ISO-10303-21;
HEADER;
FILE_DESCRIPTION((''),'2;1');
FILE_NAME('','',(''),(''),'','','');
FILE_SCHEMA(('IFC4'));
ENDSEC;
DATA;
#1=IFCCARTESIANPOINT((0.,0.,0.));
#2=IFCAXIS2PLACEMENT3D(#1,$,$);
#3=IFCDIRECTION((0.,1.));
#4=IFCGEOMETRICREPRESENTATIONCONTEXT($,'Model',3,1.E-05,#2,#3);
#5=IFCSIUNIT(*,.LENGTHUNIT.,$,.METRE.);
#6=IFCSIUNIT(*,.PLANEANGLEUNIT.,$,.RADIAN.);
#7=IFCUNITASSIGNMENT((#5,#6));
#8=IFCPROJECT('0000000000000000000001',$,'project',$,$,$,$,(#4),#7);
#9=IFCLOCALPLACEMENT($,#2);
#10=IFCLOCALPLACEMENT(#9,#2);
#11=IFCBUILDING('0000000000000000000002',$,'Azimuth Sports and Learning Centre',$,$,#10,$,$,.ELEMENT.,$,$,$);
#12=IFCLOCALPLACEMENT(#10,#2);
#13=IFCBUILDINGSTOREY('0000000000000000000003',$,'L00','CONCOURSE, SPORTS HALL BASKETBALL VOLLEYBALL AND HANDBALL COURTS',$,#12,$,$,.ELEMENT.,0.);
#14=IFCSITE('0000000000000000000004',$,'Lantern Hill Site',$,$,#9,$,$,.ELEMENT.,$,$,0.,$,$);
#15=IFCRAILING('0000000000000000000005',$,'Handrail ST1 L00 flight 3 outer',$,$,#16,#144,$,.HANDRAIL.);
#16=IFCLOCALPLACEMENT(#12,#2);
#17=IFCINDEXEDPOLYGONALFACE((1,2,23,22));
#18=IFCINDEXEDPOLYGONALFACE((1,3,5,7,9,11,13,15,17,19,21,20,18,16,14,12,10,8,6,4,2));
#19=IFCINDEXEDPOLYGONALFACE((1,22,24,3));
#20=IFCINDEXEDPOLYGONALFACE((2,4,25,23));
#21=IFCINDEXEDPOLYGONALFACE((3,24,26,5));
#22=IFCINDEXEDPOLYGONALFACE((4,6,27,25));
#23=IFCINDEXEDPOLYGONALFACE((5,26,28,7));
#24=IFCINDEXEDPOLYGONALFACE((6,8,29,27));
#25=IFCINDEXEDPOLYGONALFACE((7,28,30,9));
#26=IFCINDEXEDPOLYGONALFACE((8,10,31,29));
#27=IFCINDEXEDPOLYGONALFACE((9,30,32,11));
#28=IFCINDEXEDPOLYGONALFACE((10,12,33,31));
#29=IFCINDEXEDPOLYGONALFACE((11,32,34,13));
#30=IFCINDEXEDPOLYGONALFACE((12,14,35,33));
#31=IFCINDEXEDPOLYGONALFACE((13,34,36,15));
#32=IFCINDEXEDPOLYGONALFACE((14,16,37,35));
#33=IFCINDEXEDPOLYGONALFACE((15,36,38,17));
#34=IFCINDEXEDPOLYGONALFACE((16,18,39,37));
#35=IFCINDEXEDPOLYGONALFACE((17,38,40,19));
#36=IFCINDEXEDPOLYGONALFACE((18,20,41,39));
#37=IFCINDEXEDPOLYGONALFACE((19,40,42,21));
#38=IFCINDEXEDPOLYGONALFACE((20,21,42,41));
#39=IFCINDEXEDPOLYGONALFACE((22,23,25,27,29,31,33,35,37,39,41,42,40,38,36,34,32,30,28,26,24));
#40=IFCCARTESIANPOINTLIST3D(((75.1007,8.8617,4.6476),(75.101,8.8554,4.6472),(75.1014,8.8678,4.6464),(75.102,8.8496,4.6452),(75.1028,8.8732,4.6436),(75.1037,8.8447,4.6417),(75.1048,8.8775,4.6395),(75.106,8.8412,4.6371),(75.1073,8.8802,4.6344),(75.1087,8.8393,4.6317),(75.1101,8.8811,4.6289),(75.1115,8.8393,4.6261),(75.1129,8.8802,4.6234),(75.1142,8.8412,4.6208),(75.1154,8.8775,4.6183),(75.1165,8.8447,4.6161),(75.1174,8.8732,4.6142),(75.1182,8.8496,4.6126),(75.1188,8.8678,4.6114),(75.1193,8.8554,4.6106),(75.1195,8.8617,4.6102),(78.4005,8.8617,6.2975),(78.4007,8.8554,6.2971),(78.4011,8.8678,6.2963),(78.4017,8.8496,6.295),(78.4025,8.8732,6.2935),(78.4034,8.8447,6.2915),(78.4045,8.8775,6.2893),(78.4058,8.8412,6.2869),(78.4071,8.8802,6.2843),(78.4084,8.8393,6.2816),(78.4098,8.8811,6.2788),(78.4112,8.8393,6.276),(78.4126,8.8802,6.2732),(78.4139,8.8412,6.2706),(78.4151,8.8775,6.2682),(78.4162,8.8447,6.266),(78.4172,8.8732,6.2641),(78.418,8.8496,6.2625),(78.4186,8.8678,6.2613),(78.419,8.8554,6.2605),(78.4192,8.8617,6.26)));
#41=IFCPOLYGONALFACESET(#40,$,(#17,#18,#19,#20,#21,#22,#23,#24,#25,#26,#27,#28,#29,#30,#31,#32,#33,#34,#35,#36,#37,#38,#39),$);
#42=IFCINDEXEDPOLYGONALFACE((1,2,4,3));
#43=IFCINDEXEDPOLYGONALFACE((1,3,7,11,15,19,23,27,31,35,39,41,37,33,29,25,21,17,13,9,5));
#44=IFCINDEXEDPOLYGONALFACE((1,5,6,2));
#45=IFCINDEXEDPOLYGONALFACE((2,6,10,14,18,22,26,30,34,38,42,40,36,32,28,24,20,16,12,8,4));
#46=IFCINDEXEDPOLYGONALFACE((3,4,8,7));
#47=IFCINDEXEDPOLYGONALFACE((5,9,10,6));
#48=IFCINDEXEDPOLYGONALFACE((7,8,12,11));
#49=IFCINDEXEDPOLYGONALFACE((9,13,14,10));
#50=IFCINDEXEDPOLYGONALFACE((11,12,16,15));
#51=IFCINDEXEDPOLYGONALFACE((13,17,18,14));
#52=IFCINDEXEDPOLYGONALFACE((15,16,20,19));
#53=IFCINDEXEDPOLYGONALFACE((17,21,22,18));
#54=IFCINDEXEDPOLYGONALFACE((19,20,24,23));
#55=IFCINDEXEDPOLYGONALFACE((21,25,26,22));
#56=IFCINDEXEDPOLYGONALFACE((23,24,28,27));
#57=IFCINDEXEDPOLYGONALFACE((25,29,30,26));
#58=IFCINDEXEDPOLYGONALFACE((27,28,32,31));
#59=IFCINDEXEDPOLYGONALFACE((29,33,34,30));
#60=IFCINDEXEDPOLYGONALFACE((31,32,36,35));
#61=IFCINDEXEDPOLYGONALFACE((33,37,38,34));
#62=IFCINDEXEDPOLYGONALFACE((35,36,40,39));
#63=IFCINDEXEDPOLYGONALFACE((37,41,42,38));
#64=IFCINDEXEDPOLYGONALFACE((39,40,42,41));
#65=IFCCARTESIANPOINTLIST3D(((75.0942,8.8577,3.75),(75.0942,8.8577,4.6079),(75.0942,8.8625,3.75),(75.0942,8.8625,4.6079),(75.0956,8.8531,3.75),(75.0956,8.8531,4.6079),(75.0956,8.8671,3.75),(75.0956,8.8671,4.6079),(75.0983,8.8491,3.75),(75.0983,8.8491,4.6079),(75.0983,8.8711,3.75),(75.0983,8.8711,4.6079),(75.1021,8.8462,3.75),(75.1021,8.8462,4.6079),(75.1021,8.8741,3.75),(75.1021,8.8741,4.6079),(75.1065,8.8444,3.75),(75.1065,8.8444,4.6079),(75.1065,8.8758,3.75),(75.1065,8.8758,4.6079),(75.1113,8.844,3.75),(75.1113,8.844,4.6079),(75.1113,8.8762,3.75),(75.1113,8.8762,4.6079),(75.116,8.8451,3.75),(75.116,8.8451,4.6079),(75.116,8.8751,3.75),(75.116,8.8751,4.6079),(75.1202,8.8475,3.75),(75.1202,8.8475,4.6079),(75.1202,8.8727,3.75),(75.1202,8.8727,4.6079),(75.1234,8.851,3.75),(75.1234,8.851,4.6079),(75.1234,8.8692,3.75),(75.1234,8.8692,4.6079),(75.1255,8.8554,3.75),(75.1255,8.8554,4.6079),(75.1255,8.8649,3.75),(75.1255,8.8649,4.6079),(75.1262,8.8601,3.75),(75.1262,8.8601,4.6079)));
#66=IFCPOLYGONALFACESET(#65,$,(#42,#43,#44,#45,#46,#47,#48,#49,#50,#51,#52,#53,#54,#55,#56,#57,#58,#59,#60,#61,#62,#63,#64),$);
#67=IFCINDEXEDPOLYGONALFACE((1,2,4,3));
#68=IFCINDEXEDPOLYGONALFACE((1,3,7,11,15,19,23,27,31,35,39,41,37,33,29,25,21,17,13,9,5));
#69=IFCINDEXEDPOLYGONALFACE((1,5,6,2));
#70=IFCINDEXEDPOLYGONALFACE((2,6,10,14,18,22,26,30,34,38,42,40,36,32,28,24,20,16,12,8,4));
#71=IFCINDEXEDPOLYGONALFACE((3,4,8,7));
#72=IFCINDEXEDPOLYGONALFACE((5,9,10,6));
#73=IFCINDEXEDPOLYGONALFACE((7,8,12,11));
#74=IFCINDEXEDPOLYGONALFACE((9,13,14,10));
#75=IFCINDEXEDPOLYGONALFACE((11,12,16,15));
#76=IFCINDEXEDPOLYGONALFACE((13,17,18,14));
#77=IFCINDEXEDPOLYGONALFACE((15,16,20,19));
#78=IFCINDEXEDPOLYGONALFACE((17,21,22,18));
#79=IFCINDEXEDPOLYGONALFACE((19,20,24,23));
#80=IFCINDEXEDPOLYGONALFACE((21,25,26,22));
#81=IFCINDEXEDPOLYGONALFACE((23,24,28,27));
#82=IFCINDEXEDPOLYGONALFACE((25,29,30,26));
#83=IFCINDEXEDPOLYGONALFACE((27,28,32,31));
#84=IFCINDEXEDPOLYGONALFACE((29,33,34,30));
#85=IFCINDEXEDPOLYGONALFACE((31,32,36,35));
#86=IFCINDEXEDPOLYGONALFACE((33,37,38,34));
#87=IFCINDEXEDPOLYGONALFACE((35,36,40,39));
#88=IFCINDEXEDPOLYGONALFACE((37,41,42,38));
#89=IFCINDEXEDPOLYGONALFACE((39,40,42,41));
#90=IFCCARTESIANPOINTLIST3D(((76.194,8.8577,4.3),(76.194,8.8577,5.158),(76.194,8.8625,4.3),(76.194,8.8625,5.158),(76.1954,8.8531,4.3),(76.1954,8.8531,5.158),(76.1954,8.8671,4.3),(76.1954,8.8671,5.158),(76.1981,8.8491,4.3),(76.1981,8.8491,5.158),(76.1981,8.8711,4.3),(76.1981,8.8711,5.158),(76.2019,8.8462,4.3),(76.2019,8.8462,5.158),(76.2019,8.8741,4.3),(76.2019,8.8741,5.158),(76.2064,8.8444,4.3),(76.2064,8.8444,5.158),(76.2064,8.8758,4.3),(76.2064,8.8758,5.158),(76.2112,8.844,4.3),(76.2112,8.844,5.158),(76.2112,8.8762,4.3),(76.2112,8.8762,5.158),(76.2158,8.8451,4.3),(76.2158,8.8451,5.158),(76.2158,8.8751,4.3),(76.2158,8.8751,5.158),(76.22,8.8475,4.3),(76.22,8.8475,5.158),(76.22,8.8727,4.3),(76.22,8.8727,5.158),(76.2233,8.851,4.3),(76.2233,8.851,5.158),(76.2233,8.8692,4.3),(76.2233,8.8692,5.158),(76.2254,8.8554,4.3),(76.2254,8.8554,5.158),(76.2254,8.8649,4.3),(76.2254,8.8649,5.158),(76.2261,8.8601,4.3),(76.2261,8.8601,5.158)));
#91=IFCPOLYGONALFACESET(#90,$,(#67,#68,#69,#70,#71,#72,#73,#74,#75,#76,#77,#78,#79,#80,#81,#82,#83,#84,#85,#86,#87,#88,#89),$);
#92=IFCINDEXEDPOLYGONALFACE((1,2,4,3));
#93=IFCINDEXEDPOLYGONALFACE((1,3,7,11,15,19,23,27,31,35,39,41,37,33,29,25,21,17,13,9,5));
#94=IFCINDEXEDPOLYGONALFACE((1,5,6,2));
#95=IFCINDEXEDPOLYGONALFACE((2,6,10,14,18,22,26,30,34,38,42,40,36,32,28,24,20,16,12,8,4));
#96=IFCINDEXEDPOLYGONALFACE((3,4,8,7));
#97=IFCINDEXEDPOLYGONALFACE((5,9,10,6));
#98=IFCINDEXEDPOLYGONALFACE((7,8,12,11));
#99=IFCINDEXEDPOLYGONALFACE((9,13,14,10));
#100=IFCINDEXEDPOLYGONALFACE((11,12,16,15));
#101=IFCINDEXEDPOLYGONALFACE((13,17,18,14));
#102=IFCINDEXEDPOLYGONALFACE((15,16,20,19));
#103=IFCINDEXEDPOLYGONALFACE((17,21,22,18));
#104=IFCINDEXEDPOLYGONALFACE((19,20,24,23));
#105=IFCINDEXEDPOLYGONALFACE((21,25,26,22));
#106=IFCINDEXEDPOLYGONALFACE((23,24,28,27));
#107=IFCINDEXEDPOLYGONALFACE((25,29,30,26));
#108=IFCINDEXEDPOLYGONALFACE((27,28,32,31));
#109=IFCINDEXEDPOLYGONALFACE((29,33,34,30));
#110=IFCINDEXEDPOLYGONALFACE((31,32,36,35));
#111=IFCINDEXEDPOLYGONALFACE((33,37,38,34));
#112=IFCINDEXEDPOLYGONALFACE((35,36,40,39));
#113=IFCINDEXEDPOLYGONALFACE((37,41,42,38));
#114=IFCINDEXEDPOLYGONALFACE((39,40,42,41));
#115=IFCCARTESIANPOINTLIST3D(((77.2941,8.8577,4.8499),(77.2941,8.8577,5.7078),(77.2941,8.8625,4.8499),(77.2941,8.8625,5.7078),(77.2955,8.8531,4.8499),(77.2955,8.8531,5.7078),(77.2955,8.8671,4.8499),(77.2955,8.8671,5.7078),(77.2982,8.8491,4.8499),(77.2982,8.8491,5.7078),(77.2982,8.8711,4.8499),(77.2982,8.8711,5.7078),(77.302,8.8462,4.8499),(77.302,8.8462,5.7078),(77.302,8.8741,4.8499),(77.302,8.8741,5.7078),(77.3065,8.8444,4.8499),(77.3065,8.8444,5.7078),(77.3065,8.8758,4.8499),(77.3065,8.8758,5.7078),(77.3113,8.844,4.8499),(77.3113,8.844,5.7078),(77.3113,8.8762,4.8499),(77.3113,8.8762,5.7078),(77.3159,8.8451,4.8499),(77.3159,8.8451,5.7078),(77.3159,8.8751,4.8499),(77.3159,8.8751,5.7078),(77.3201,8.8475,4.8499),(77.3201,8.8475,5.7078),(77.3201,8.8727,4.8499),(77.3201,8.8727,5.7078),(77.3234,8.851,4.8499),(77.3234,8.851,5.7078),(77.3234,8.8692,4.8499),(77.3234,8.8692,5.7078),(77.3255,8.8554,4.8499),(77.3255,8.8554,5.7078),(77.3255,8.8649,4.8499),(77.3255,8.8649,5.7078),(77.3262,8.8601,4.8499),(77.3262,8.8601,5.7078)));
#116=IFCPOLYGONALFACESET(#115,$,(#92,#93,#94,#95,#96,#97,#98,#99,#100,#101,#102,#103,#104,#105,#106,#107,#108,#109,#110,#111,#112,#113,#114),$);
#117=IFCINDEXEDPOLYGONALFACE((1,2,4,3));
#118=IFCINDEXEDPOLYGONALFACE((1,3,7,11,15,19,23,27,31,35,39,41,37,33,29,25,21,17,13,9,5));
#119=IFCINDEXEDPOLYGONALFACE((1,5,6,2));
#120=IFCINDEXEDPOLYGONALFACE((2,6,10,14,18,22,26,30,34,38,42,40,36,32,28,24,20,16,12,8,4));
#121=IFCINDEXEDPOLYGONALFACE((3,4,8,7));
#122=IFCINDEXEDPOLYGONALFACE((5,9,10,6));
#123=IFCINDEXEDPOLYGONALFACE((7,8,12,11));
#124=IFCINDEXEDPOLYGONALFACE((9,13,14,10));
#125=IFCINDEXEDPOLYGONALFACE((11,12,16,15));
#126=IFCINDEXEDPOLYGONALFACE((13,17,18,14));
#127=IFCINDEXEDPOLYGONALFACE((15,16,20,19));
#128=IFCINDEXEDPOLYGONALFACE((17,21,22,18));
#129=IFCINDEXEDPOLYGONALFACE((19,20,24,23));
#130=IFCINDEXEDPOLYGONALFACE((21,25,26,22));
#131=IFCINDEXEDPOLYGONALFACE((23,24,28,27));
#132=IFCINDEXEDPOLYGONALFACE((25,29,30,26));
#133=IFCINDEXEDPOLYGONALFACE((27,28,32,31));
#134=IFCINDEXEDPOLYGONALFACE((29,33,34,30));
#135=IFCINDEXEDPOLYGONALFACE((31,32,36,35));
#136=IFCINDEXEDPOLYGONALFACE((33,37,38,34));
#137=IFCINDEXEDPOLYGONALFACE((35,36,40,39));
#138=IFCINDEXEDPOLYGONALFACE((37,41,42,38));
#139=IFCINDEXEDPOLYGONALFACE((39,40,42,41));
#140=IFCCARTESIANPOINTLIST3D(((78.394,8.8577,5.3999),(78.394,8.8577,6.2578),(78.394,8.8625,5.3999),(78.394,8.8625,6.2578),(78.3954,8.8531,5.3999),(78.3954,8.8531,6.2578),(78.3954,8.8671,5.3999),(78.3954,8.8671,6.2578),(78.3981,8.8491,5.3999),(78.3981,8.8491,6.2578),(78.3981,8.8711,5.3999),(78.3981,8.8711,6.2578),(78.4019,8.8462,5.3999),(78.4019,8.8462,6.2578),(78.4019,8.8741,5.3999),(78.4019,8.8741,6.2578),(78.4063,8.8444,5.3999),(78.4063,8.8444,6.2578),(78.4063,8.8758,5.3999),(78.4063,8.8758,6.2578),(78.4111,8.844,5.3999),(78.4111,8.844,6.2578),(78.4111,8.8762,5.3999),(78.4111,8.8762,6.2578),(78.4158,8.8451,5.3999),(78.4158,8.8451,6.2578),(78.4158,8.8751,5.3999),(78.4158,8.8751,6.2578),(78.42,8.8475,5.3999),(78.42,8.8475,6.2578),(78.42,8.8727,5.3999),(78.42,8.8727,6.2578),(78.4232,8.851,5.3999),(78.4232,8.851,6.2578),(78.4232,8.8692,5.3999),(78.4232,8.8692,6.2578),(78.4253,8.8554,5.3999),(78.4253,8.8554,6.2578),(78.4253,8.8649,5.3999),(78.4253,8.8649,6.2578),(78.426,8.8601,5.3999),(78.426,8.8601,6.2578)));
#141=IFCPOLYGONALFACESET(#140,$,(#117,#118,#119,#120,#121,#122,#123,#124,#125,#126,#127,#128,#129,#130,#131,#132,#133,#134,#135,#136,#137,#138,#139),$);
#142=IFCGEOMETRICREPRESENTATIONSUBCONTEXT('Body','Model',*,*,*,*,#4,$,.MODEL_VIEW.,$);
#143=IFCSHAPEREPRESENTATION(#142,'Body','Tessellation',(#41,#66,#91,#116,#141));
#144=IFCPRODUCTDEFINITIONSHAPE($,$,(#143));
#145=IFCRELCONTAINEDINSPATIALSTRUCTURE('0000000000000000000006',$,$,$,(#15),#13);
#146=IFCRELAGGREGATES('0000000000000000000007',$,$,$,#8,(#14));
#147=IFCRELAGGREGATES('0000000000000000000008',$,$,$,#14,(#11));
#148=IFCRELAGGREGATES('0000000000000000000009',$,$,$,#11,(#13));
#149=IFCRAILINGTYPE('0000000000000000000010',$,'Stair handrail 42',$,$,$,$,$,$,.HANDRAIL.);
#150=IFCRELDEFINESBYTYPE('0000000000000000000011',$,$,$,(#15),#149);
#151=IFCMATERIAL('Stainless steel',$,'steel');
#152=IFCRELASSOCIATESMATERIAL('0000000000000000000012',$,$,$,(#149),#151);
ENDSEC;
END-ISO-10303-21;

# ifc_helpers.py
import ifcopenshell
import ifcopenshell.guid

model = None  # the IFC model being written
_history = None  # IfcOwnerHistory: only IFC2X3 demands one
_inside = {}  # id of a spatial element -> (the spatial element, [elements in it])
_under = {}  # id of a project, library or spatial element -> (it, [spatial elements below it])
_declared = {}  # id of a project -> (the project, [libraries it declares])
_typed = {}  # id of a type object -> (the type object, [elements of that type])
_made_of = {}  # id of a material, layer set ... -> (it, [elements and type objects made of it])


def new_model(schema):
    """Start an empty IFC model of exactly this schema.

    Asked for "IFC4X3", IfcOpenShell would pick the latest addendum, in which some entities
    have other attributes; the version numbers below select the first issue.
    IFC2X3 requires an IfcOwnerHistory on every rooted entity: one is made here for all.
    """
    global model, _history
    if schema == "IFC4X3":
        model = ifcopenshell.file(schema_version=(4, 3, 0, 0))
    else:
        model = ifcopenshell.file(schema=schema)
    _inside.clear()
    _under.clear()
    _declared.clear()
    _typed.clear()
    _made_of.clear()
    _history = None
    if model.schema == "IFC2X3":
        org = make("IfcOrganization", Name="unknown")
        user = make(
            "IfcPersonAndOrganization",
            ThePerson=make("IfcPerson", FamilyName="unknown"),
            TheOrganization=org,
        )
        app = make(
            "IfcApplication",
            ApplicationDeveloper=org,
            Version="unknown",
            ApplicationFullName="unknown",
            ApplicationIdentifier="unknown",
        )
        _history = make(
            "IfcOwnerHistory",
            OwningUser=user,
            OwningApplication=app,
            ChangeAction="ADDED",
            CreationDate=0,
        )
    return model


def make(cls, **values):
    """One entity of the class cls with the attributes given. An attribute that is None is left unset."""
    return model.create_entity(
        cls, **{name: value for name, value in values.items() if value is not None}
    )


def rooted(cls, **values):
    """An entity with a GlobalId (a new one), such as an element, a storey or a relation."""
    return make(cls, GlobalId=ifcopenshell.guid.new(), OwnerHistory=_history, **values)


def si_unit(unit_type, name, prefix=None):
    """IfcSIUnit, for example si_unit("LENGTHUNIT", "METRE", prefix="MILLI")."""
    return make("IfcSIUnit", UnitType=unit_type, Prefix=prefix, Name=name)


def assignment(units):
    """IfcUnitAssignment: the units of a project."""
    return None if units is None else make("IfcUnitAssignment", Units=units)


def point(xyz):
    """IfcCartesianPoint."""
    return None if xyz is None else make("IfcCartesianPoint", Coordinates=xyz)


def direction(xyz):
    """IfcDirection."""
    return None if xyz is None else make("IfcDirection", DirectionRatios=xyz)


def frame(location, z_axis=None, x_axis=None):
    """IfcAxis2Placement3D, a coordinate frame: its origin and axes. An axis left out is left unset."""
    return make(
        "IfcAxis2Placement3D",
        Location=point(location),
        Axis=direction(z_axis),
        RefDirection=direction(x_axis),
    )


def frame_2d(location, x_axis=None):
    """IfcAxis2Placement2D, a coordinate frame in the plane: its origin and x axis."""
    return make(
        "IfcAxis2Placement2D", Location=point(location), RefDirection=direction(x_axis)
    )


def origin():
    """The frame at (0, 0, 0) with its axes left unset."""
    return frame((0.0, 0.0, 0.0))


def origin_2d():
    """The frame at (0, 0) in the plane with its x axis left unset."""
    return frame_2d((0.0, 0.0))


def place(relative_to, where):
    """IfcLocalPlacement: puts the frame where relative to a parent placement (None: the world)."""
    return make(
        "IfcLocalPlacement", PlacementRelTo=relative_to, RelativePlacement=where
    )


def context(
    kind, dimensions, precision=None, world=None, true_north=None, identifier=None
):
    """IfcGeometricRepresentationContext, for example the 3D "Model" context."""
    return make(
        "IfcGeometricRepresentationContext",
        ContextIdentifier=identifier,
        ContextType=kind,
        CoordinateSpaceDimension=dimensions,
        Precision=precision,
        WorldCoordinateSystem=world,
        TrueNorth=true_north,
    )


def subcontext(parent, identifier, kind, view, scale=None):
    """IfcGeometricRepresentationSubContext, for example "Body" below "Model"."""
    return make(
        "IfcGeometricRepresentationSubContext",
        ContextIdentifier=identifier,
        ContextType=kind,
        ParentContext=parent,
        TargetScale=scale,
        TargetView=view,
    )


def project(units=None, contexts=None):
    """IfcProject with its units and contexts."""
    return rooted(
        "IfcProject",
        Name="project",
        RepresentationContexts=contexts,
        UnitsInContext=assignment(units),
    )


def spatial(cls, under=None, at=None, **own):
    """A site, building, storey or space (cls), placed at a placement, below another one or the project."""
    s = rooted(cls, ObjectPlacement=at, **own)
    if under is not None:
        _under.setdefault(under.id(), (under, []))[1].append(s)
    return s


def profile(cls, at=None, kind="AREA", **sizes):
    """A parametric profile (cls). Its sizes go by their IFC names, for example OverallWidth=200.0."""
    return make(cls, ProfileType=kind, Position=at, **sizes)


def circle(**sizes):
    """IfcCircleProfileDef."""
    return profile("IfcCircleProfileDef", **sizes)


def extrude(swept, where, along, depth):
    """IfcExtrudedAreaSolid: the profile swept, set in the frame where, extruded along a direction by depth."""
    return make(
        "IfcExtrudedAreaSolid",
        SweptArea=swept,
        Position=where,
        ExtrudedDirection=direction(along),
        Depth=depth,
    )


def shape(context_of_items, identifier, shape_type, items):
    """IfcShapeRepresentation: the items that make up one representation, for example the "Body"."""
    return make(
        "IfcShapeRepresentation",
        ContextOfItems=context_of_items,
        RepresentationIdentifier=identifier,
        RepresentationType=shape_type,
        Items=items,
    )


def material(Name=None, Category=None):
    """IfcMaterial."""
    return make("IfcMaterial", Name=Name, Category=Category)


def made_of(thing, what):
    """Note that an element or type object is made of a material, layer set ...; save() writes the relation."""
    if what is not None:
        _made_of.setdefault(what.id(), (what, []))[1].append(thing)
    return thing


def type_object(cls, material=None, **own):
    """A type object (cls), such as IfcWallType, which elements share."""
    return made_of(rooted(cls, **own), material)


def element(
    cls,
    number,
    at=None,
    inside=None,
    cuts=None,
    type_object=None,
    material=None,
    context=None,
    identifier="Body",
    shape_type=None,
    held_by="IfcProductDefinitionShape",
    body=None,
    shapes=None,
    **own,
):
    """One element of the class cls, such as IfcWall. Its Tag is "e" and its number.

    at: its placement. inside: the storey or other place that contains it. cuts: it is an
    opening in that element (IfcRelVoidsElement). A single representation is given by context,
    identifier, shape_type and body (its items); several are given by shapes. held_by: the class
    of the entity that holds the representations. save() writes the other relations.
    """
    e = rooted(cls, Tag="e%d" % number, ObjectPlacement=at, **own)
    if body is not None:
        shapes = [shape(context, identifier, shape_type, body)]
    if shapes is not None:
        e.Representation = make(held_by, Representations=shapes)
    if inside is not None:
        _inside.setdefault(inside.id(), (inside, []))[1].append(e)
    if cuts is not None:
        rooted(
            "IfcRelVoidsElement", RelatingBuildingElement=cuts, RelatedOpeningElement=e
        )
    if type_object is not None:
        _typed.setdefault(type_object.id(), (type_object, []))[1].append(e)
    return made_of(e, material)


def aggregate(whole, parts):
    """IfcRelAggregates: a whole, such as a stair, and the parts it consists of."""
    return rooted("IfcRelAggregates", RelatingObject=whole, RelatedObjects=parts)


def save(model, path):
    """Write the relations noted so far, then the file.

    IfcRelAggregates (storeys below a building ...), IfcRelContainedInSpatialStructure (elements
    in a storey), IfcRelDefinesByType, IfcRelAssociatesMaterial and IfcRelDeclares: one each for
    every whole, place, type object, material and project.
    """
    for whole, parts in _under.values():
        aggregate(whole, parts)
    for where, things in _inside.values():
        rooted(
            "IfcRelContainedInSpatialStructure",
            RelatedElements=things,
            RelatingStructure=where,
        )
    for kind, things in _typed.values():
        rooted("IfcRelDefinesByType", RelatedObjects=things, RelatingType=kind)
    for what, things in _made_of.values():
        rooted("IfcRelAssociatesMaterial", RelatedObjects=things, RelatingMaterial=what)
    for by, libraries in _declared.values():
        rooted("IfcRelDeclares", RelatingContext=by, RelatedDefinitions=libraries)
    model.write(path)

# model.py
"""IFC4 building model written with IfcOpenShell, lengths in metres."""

from ifc_helpers import new_model, si_unit, direction, frame, origin, origin_2d, place, context, subcontext, project, spatial, circle, extrude, material, type_object, element, save


model = new_model("IFC4")

# Units and contexts
model_context = context("Model", 3, precision=1e-05, world=origin(), true_north=direction((0.0, 1.0)))
body_context = subcontext(model_context, "Body", "Model", "MODEL_VIEW")
ifc_project = project(units=[si_unit("LENGTHUNIT", "METRE"), si_unit("PLANEANGLEUNIT", "RADIAN")], contexts=[model_context])

# Site, building, storey
site_placement = place(None, origin())
site = spatial("IfcSite", under=ifc_project, at=site_placement, Name="Lantern Hill Site", CompositionType="ELEMENT", RefElevation=0.0)
building_placement = place(site_placement, origin())
building = spatial("IfcBuilding", under=site, at=building_placement, Name="Azimuth Sports and Learning Centre", CompositionType="ELEMENT")
storey_placement = place(building_placement, origin())
storey = spatial("IfcBuildingStorey", under=building, at=storey_placement, Name="L00", Description="CONCOURSE, SPORTS HALL BASKETBALL VOLLEYBALL AND HANDBALL COURTS", CompositionType="ELEMENT", Elevation=0.0)

# Railing
ifc_material_1 = material(Name="Stainless steel", Category="steel")
railing_type_1 = type_object("IfcRailingType", Name="Stair handrail 42", PredefinedType="HANDRAIL", material=ifc_material_1)
for number, where, name in (
    (1, (75.1101, 8.8601, 3.75), "Handrail ST1 L00 flight 3 outer"),
):
    element("IfcRailing", number, at=place(storey_placement, frame(where)), inside=storey, type_object=railing_type_1, Name=name, PredefinedType="HANDRAIL", context=body_context, shape_type="SweptSolid", body=[
        extrude(circle(Radius=0.021, at=origin_2d()), frame((0.0, 0.0, 0.8789), z_axis=(0.894427, 0.0, 0.447214), x_axis=(0.0, 1.0, 0.0)), (0.0, 0.0, 1.0), 3.6892),
        extrude(circle(Radius=0.0161, at=origin_2d()), origin(), (0.0, 0.0, 1.0), 0.8579),
        extrude(circle(Radius=0.0161, at=origin_2d()), frame((1.0999, 0.0, 0.55)), (0.0, 0.0, 1.0), 0.8579),
        extrude(circle(Radius=0.0161, at=origin_2d()), frame((2.2, 0.0, 1.0999)), (0.0, 0.0, 1.0), 0.8579),
        extrude(circle(Radius=0.0161, at=origin_2d()), frame((3.2998, 0.0, 1.6499)), (0.0, 0.0, 1.0), 0.8579),
    ])

save(model, "model.ifc")
